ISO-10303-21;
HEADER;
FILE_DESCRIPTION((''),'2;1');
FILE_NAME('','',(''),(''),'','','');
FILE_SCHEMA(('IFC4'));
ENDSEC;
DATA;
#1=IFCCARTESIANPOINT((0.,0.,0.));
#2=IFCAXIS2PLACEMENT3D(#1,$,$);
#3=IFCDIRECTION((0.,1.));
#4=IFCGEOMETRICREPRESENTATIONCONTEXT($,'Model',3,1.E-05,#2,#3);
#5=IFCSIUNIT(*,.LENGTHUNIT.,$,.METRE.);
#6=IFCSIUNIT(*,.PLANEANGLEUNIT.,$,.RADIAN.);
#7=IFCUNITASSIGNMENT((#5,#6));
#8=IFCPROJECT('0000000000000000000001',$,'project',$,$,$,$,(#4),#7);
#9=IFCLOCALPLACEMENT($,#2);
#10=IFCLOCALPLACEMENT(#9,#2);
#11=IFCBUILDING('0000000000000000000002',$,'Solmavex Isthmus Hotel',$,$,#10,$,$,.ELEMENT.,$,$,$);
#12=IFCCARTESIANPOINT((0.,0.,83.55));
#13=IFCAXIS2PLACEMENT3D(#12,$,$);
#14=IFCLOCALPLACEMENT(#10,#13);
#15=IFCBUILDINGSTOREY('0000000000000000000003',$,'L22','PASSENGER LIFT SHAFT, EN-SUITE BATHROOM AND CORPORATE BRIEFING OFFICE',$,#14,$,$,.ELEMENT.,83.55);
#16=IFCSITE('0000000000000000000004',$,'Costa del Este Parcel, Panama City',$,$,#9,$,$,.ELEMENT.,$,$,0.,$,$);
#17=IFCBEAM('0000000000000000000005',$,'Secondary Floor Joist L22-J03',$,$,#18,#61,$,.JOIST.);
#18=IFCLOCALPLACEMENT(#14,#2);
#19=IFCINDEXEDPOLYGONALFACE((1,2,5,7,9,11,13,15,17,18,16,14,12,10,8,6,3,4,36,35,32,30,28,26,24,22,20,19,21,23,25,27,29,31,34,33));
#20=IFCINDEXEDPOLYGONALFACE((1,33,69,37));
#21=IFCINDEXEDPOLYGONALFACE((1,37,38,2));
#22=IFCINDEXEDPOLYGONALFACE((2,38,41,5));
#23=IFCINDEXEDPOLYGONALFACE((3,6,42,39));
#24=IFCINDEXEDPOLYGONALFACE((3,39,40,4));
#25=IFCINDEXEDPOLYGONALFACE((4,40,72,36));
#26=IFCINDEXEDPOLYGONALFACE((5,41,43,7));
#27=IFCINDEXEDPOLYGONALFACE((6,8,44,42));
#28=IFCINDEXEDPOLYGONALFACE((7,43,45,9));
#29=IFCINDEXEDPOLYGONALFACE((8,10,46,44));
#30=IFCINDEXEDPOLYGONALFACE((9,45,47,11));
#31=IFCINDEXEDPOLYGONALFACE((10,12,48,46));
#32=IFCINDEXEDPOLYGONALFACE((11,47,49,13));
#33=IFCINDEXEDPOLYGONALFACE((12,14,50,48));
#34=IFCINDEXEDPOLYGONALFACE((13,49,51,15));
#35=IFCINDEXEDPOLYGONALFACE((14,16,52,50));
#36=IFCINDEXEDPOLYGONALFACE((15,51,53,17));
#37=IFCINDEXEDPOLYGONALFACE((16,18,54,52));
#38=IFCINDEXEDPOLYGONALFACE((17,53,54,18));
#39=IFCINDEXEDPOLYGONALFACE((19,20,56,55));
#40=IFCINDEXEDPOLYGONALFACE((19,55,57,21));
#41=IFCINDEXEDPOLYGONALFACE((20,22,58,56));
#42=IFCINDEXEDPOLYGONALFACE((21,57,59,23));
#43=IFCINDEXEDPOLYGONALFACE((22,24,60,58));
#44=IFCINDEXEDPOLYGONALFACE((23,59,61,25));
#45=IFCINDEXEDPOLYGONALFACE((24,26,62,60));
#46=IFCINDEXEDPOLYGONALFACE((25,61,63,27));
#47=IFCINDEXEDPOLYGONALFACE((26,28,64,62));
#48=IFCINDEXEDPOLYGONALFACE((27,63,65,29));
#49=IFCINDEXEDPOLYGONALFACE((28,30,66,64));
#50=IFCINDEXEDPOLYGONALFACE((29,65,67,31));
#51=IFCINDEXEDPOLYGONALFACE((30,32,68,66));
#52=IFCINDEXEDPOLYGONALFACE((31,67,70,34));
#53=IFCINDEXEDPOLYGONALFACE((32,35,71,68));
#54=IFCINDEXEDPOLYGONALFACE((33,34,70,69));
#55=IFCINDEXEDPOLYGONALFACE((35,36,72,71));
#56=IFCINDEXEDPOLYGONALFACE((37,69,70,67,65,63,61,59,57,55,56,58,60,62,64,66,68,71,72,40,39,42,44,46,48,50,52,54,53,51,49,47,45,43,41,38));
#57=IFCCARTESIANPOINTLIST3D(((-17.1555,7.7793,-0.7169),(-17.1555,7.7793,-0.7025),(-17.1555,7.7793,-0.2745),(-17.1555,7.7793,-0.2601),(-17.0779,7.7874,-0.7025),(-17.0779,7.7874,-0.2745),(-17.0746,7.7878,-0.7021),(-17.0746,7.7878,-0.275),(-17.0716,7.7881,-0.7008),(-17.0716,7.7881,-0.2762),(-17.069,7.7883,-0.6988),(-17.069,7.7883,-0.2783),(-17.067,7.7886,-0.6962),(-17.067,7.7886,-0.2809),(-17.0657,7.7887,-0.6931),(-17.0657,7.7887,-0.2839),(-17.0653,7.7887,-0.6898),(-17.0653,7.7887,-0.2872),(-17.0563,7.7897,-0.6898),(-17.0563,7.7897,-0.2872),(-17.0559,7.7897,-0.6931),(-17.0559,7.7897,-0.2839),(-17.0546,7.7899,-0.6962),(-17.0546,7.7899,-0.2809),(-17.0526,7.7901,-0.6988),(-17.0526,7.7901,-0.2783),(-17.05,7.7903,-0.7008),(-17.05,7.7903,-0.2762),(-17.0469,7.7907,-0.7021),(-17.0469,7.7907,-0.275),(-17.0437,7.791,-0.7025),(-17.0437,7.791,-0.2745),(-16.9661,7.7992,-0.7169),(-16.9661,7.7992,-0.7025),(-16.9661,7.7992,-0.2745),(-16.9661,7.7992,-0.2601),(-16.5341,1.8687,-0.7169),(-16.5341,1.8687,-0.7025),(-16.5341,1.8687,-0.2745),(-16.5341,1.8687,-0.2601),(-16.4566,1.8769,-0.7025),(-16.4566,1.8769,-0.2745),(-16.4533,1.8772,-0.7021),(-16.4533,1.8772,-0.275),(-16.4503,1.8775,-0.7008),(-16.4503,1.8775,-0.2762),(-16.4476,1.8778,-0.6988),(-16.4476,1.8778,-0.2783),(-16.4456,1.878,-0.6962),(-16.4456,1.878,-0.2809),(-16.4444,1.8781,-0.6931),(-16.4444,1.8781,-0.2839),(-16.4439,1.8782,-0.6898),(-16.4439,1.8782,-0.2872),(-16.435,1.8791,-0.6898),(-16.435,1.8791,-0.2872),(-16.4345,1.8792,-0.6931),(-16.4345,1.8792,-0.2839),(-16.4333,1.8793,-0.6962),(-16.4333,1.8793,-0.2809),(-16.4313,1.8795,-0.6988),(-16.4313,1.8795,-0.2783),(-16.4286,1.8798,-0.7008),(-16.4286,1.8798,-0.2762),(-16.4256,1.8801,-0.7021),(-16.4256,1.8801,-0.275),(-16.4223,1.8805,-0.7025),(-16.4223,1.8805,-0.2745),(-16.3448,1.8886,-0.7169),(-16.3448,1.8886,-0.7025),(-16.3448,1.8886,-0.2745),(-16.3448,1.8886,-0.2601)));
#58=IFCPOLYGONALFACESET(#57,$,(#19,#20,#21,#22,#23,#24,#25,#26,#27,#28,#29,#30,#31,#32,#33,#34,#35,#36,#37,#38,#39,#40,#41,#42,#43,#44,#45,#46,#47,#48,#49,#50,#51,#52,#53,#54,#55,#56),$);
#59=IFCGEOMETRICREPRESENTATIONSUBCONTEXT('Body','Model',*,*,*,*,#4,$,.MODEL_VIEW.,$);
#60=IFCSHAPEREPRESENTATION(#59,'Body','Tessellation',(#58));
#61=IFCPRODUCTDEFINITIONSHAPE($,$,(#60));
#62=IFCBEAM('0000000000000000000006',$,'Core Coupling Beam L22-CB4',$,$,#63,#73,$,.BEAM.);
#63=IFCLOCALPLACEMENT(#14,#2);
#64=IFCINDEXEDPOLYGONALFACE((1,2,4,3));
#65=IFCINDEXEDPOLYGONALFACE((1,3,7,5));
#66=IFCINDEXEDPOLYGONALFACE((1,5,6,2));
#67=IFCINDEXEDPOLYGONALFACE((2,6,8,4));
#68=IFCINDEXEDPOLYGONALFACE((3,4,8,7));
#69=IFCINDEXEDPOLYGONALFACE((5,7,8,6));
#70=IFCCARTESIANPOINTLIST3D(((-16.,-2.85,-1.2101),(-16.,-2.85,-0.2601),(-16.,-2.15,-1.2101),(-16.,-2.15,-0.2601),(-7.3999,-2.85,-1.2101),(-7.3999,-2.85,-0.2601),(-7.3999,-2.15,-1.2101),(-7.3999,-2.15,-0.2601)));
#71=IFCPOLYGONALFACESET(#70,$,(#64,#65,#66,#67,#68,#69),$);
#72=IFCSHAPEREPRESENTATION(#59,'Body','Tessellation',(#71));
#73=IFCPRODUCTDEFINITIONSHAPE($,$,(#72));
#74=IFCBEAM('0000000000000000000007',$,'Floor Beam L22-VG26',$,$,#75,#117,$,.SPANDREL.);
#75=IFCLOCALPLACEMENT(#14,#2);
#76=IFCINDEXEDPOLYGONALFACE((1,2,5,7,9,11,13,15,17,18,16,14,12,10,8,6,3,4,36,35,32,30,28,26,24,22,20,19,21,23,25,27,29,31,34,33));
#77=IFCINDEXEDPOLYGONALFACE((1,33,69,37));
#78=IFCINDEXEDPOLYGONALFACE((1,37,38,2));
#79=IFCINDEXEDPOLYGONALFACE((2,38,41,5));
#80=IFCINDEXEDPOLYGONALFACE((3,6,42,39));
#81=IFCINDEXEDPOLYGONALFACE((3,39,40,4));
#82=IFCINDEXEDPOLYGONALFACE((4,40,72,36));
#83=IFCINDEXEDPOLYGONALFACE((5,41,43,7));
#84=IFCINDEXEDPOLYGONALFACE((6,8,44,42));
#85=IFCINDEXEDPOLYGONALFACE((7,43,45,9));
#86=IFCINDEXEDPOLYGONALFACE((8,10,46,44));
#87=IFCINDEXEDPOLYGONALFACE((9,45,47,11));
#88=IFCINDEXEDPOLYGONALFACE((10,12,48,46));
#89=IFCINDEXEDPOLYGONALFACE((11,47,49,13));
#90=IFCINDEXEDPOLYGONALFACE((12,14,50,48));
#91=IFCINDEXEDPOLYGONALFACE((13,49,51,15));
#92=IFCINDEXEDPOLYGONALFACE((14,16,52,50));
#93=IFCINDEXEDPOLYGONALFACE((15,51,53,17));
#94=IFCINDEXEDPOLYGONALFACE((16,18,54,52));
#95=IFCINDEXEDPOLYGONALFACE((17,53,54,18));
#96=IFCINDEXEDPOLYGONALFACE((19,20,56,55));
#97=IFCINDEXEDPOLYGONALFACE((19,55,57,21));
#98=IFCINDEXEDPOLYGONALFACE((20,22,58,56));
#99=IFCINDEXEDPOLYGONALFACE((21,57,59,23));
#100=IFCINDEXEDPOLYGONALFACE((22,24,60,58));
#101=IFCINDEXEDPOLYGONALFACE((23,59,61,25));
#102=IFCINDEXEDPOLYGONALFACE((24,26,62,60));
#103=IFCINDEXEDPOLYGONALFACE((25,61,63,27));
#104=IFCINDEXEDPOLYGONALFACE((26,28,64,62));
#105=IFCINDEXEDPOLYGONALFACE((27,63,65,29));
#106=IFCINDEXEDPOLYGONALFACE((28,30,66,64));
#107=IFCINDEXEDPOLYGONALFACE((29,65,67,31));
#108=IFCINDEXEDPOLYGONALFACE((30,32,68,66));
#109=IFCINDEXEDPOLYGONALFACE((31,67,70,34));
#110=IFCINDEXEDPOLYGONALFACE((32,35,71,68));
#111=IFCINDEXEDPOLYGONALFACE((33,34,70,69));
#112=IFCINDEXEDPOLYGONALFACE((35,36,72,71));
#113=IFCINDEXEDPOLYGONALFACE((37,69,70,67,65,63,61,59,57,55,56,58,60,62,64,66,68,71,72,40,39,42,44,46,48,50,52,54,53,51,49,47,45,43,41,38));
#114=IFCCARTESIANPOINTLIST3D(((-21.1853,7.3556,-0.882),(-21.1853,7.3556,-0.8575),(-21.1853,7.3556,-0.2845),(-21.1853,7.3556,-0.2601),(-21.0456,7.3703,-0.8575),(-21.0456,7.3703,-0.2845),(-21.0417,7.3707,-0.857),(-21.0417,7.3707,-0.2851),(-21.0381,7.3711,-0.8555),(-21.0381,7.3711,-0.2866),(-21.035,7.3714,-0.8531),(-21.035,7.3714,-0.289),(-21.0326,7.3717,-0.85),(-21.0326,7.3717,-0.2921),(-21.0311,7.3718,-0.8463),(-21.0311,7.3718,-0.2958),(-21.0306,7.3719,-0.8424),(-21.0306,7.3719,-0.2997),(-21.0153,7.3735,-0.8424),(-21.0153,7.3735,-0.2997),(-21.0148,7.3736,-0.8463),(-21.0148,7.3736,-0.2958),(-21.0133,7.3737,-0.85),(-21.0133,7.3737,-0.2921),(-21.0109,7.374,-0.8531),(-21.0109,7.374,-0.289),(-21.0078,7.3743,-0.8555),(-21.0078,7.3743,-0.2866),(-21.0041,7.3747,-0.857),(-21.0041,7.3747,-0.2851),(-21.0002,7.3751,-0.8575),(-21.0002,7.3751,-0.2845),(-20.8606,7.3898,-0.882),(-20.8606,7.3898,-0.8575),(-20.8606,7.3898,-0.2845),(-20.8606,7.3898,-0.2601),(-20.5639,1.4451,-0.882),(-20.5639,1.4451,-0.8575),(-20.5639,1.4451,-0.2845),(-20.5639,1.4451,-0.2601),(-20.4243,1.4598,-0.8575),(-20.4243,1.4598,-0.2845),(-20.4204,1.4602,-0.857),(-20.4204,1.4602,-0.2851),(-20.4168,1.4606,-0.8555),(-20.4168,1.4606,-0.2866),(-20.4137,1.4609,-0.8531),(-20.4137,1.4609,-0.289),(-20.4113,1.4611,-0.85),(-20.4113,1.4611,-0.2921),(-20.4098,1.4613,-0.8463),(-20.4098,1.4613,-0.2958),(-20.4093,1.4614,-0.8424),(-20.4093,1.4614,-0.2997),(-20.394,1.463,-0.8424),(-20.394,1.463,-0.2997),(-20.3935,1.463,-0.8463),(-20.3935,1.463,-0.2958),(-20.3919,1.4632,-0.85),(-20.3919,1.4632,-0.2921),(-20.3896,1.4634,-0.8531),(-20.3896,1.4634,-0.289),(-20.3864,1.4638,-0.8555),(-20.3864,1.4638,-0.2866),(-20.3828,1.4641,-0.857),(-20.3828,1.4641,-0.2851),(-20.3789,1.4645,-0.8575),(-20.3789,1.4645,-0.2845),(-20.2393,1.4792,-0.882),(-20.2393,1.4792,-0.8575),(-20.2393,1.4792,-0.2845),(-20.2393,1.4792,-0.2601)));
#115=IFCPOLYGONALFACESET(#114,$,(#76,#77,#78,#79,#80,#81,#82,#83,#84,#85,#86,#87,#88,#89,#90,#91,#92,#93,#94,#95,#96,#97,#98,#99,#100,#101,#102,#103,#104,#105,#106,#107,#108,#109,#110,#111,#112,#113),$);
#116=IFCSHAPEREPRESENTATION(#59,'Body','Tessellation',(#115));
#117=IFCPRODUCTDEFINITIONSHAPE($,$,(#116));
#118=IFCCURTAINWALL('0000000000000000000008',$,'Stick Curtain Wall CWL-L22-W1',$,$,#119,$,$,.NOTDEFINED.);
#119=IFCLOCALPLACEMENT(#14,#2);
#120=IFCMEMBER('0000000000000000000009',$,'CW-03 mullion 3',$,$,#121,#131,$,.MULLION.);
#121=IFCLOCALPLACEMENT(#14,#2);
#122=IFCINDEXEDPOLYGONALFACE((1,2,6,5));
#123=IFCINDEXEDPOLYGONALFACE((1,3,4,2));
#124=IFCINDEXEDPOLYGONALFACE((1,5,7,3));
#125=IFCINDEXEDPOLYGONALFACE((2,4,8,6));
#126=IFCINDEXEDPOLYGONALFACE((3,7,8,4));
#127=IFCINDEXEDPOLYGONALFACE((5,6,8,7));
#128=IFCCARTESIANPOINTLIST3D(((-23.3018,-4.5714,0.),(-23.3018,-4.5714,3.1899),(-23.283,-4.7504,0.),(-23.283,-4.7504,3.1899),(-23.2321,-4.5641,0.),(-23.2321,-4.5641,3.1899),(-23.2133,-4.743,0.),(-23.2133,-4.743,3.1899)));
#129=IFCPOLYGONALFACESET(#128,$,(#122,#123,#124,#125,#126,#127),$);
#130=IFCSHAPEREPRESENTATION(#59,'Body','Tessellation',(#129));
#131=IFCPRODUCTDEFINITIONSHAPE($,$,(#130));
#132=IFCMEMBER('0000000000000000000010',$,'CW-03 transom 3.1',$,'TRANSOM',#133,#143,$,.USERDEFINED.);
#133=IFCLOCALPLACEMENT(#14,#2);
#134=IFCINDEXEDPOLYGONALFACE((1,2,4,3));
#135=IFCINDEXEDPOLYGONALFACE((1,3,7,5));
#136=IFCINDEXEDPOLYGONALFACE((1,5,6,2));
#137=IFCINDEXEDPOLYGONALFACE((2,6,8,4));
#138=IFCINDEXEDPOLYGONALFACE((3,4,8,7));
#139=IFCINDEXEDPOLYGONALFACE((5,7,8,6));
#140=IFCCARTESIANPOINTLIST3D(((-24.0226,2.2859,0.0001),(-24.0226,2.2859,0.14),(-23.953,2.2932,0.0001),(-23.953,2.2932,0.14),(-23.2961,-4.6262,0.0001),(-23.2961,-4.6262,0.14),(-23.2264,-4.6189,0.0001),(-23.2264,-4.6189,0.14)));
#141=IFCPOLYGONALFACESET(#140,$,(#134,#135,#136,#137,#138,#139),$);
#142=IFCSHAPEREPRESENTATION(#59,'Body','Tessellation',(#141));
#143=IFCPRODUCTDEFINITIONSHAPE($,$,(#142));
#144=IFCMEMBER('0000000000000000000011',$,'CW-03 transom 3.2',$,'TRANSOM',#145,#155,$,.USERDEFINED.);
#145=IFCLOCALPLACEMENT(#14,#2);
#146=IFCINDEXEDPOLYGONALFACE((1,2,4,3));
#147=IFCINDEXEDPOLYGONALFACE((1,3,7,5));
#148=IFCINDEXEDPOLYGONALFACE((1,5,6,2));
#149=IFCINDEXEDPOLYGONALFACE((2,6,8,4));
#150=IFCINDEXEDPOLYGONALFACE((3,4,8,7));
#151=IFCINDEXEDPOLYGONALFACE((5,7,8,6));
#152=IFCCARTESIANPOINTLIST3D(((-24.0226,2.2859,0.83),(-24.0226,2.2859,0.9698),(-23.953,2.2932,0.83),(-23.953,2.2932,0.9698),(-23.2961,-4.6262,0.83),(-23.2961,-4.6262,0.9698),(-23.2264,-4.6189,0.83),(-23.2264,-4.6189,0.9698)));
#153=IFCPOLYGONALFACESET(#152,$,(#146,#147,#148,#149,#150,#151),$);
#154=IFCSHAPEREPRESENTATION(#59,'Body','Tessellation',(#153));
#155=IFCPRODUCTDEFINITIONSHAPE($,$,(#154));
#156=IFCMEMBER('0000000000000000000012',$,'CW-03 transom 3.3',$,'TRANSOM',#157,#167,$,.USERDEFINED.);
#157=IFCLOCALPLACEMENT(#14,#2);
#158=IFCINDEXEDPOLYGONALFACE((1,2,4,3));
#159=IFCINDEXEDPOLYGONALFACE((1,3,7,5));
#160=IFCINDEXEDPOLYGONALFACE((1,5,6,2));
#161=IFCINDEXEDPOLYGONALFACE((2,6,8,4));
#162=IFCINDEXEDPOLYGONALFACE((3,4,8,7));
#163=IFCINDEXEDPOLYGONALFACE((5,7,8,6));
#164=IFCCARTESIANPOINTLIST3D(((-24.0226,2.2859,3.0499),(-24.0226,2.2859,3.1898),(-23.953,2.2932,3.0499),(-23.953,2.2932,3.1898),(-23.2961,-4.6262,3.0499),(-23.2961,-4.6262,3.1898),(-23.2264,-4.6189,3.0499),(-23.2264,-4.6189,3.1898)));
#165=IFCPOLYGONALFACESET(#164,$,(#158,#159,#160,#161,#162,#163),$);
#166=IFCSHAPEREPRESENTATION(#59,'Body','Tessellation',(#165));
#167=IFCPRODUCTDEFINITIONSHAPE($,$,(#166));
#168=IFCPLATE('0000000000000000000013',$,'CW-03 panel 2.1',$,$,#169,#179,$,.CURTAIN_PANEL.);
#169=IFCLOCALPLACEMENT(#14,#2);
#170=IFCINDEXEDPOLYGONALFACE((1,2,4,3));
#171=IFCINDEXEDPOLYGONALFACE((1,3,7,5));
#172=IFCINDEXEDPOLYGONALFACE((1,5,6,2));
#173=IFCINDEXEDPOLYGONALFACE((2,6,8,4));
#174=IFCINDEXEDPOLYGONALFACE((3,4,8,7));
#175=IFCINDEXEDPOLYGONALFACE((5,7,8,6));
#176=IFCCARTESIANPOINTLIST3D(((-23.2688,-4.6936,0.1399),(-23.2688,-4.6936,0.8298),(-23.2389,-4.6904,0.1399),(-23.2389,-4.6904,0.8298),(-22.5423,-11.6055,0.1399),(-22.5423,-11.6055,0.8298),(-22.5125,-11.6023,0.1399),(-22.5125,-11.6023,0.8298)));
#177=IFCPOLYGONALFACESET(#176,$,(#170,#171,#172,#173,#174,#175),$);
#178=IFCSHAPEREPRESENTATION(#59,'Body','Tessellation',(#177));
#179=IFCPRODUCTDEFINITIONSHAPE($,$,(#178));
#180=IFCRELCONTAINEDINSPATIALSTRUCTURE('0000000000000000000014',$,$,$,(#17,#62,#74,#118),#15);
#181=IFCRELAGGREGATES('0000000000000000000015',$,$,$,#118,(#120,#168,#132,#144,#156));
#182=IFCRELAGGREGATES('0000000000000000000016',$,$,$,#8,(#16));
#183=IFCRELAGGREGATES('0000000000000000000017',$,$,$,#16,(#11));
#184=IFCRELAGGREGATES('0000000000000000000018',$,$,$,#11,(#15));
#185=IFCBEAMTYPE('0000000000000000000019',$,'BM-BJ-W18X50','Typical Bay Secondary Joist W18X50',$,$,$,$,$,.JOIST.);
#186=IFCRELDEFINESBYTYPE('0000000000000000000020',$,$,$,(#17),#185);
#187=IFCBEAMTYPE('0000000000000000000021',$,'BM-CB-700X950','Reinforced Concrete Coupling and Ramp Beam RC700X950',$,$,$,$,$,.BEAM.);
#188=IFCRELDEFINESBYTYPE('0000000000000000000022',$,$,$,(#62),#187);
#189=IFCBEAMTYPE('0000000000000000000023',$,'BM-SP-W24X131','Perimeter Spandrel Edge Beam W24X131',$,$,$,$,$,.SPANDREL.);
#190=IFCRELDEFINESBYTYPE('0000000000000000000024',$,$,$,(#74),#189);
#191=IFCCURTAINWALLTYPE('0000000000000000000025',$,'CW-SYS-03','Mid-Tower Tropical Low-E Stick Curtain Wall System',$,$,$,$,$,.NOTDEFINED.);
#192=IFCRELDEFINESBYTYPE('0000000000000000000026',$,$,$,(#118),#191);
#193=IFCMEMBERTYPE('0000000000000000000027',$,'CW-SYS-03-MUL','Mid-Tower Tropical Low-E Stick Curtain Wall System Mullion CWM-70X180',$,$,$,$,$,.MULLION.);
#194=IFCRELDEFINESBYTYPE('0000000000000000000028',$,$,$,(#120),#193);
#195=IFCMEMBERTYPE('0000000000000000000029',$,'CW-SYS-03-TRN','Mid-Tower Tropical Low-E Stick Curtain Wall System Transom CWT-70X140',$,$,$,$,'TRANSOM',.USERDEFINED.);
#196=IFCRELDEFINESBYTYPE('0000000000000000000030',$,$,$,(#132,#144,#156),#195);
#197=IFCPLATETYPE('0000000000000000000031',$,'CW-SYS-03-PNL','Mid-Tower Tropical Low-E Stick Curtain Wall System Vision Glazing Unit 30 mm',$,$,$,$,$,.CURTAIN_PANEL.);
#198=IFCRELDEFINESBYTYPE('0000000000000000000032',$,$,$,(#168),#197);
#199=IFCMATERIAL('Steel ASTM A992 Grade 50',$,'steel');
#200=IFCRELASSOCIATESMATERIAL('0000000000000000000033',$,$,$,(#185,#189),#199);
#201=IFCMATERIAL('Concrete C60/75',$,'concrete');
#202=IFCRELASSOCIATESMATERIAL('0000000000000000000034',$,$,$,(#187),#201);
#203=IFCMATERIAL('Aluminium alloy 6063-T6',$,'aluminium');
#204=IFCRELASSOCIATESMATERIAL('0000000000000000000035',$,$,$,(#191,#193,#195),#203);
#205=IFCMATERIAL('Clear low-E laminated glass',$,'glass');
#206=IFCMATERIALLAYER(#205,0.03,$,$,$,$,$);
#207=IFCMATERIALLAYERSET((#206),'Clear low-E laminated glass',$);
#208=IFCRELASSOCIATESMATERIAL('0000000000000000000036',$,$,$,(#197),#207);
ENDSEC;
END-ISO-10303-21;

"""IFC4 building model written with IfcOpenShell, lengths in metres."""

from ifc_helpers import new_model, si_unit, direction, frame, origin, origin_2d, place, context, subcontext, project, spatial, rectangle, i_section, extrude, material, layer, layer_set, material_profile, profile_set, type_object, element, aggregate, save


model = new_model("IFC4")

# Units and contexts
model_context = context("Model", 3, precision=1e-05, world=origin(), true_north=direction((0.0, 1.0)))
body_context = subcontext(model_context, "Body", "Model", "MODEL_VIEW")
ifc_project = project(units=[si_unit("LENGTHUNIT", "METRE"), si_unit("PLANEANGLEUNIT", "RADIAN")], contexts=[model_context])

# Site, building, storey
site_placement = place(None, origin())
site = spatial("IfcSite", under=ifc_project, at=site_placement, Name="Costa del Este Parcel, Panama City", CompositionType="ELEMENT", RefElevation=0.0)
building_placement = place(site_placement, origin())
building = spatial("IfcBuilding", under=site, at=building_placement, Name="Solmavex Isthmus Hotel", CompositionType="ELEMENT")
storey_placement = place(building_placement, frame((0.0, 0.0, 83.55)))
storey = spatial("IfcBuildingStorey", under=building, at=storey_placement, Name="L22", Description="PASSENGER LIFT SHAFT, EN-SUITE BATHROOM AND CORPORATE BRIEFING OFFICE", CompositionType="ELEMENT", Elevation=83.55)

# Shared definitions
ifc_material_1 = material(Name="Concrete C60/75", Category="concrete")

# Beams
ifc_material_2 = material(Name="Steel ASTM A992 Grade 50", Category="steel")
ifc_material_profile_1 = material_profile(ifc_material_2, i_section(OverallWidth=0.1904, OverallDepth=0.4568, WebThickness=0.009, FlangeThickness=0.0144, FilletRadius=0.0127, at=origin_2d()), Name="W18X50")
ifc_profile_set_1 = profile_set([ifc_material_profile_1], Name="Steel ASTM A992 Grade 50")
beam_type_1 = type_object("IfcBeamType", Name="BM-BJ-W18X50", Description="Typical Bay Secondary Joist W18X50", PredefinedType="JOIST", material=ifc_profile_set_1)
beam_1_placement = place(storey_placement, frame((-16.4395, 1.8787, -0.4885), z_axis=(-0.104546, 0.99452, 0.0), x_axis=(-0.99452, -0.104546, 0.0)))
element("IfcBeam", 1, at=beam_1_placement, inside=storey, type_object=beam_type_1, Name="Secondary Floor Joist L22-J03", PredefinedType="JOIST", context=body_context, shape_type="SweptSolid", body=[
    extrude(i_section(OverallWidth=0.1904, OverallDepth=0.4568, WebThickness=0.009, FlangeThickness=0.0144, FilletRadius=0.0127, at=origin_2d()), origin(), (0.0, 0.0, 1.0), 5.9431),
])
ifc_material_profile_2 = material_profile(ifc_material_1, rectangle(XDim=0.7, YDim=0.95, at=origin_2d()), Name="RC700X950")
ifc_profile_set_2 = profile_set([ifc_material_profile_2], Name="Concrete C60/75")
beam_type_2 = type_object("IfcBeamType", Name="BM-CB-700X950", Description="Reinforced Concrete Coupling and Ramp Beam RC700X950", PredefinedType="BEAM", material=ifc_profile_set_2)
beam_2_placement = place(storey_placement, frame((-16.0, -2.5, -0.7351), z_axis=(1.0, 0.0, 0.0), x_axis=(0.0, 1.0, 0.0)))
element("IfcBeam", 2, at=beam_2_placement, inside=storey, type_object=beam_type_2, Name="Core Coupling Beam L22-CB4", PredefinedType="BEAM", context=body_context, shape_type="SweptSolid", body=[
    extrude(rectangle(XDim=0.7, YDim=0.95, at=origin_2d()), origin(), (0.0, 0.0, 1.0), 8.6001),
])
ifc_material_profile_3 = material_profile(ifc_material_2, i_section(OverallWidth=0.3264, OverallDepth=0.6218, WebThickness=0.0154, FlangeThickness=0.0244, FilletRadius=0.0151, at=origin_2d()), Name="W24X131")
ifc_profile_set_3 = profile_set([ifc_material_profile_3], Name="Steel ASTM A992 Grade 50")
beam_type_3 = type_object("IfcBeamType", Name="BM-SP-W24X131", Description="Perimeter Spandrel Edge Beam W24X131", PredefinedType="SPANDREL", material=ifc_profile_set_3)
beam_3_placement = place(storey_placement, frame((-20.4016, 1.4622, -0.571), z_axis=(-0.104546, 0.99452, 0.0), x_axis=(-0.99452, -0.104546, 0.0)))
element("IfcBeam", 3, at=beam_3_placement, inside=storey, type_object=beam_type_3, Name="Floor Beam L22-VG26", PredefinedType="SPANDREL", context=body_context, shape_type="SweptSolid", body=[
    extrude(i_section(OverallWidth=0.3264, OverallDepth=0.6218, WebThickness=0.0154, FlangeThickness=0.0244, FilletRadius=0.0151, at=origin_2d()), origin(), (0.0, 0.0, 1.0), 5.9431),
])

# Curtain wall, members, plate
ifc_material_3 = material(Name="Aluminium alloy 6063-T6", Category="aluminium")
curtain_wall_type = type_object("IfcCurtainWallType", Name="CW-SYS-03", Description="Mid-Tower Tropical Low-E Stick Curtain Wall System", PredefinedType="NOTDEFINED", material=ifc_material_3)
curtain_wall_placement = place(storey_placement, origin())
curtain_wall = element("IfcCurtainWall", 4, at=curtain_wall_placement, inside=storey, type_object=curtain_wall_type, Name="Stick Curtain Wall CWL-L22-W1", PredefinedType="NOTDEFINED")
ifc_material_profile_4 = material_profile(ifc_material_3, rectangle(XDim=0.0701, YDim=0.1799, at=origin_2d()), Name="CWM-70X180")
ifc_profile_set_4 = profile_set([ifc_material_profile_4], Name="Aluminium alloy 6063-T6")
member_type_1 = type_object("IfcMemberType", Name="CW-SYS-03-MUL", Description="Mid-Tower Tropical Low-E Stick Curtain Wall System Mullion CWM-70X180", PredefinedType="MULLION", material=ifc_profile_set_4)
member_1_placement = place(storey_placement, frame((-23.2576, -4.6572, 0.0), z_axis=(0.0, 0.0, 1.0), x_axis=(-0.994522, -0.104528, 0.0)))
member_1 = element("IfcMember", 5, at=member_1_placement, type_object=member_type_1, Name="CW-03 mullion 3", PredefinedType="MULLION", context=body_context, shape_type="SweptSolid", body=[
    extrude(rectangle(XDim=0.0701, YDim=0.1799, at=origin_2d()), origin(), (0.0, 0.0, 1.0), 3.1899),
])
ifc_material_profile_5 = material_profile(ifc_material_3, rectangle(XDim=0.0701, YDim=0.1399, at=origin_2d()), Name="CWT-70X140")
ifc_profile_set_5 = profile_set([ifc_material_profile_5], Name="Aluminium alloy 6063-T6")
member_type_2 = type_object("IfcMemberType", Name="CW-SYS-03-TRN", Description="Mid-Tower Tropical Low-E Stick Curtain Wall System Transom CWT-70X140", ElementType="TRANSOM", PredefinedType="USERDEFINED", material=ifc_profile_set_5)
member_2_placement = place(storey_placement, frame((-23.2612, -4.6226, 0.0701), z_axis=(-0.104539, 0.994521, 0.0), x_axis=(-0.994521, -0.104539, 0.0)))
member_2 = element("IfcMember", 6, at=member_2_placement, type_object=member_type_2, Name="CW-03 transom 3.1", ObjectType="TRANSOM", PredefinedType="USERDEFINED", context=body_context, shape_type="SweptSolid", body=[
    extrude(rectangle(XDim=0.0701, YDim=0.1399, at=origin_2d()), origin(), (0.0, 0.0, 1.0), 6.9502),
])
member_3_placement = place(storey_placement, frame((-23.2612, -4.6226, 0.8999), z_axis=(-0.104539, 0.994521, 0.0), x_axis=(-0.994521, -0.104539, 0.0)))
member_3 = element("IfcMember", 7, at=member_3_placement, type_object=member_type_2, Name="CW-03 transom 3.2", ObjectType="TRANSOM", PredefinedType="USERDEFINED", context=body_context, shape_type="SweptSolid", body=[
    extrude(rectangle(XDim=0.0701, YDim=0.1399, at=origin_2d()), origin(), (0.0, 0.0, 1.0), 6.9502),
])
member_4_placement = place(storey_placement, frame((-23.2612, -4.6226, 3.1199), z_axis=(-0.104539, 0.994521, 0.0), x_axis=(-0.994521, -0.104539, 0.0)))
member_4 = element("IfcMember", 8, at=member_4_placement, type_object=member_type_2, Name="CW-03 transom 3.3", ObjectType="TRANSOM", PredefinedType="USERDEFINED", context=body_context, shape_type="SweptSolid", body=[
    extrude(rectangle(XDim=0.0701, YDim=0.1399, at=origin_2d()), origin(), (0.0, 0.0, 1.0), 6.9502),
])
ifc_material_4 = material(Name="Clear low-E laminated glass", Category="glass")
ifc_layer_1 = layer(ifc_material_4, 0.03)
ifc_layer_set_1 = layer_set([ifc_layer_1], Name="Clear low-E laminated glass")
plate_type = type_object("IfcPlateType", Name="CW-SYS-03-PNL", Description="Mid-Tower Tropical Low-E Stick Curtain Wall System Vision Glazing Unit 30 mm", PredefinedType="CURTAIN_PANEL", material=ifc_layer_set_1)
plate_1_placement = place(storey_placement, frame((-22.8906, -8.1479, 0.1399), z_axis=(0.0, 0.0, 1.0), x_axis=(-0.104528, 0.994522, 0.0)))
plate_1 = element("IfcPlate", 9, at=plate_1_placement, type_object=plate_type, Name="CW-03 panel 2.1", PredefinedType="CURTAIN_PANEL", context=body_context, shape_type="SweptSolid", body=[
    extrude(rectangle(XDim=6.95, YDim=0.03, at=origin_2d()), origin(), (0.0, 0.0, 1.0), 0.6899),
])
aggregate(curtain_wall, [member_1, plate_1, member_2, member_3, member_4])

save(model, "model.ifc")
